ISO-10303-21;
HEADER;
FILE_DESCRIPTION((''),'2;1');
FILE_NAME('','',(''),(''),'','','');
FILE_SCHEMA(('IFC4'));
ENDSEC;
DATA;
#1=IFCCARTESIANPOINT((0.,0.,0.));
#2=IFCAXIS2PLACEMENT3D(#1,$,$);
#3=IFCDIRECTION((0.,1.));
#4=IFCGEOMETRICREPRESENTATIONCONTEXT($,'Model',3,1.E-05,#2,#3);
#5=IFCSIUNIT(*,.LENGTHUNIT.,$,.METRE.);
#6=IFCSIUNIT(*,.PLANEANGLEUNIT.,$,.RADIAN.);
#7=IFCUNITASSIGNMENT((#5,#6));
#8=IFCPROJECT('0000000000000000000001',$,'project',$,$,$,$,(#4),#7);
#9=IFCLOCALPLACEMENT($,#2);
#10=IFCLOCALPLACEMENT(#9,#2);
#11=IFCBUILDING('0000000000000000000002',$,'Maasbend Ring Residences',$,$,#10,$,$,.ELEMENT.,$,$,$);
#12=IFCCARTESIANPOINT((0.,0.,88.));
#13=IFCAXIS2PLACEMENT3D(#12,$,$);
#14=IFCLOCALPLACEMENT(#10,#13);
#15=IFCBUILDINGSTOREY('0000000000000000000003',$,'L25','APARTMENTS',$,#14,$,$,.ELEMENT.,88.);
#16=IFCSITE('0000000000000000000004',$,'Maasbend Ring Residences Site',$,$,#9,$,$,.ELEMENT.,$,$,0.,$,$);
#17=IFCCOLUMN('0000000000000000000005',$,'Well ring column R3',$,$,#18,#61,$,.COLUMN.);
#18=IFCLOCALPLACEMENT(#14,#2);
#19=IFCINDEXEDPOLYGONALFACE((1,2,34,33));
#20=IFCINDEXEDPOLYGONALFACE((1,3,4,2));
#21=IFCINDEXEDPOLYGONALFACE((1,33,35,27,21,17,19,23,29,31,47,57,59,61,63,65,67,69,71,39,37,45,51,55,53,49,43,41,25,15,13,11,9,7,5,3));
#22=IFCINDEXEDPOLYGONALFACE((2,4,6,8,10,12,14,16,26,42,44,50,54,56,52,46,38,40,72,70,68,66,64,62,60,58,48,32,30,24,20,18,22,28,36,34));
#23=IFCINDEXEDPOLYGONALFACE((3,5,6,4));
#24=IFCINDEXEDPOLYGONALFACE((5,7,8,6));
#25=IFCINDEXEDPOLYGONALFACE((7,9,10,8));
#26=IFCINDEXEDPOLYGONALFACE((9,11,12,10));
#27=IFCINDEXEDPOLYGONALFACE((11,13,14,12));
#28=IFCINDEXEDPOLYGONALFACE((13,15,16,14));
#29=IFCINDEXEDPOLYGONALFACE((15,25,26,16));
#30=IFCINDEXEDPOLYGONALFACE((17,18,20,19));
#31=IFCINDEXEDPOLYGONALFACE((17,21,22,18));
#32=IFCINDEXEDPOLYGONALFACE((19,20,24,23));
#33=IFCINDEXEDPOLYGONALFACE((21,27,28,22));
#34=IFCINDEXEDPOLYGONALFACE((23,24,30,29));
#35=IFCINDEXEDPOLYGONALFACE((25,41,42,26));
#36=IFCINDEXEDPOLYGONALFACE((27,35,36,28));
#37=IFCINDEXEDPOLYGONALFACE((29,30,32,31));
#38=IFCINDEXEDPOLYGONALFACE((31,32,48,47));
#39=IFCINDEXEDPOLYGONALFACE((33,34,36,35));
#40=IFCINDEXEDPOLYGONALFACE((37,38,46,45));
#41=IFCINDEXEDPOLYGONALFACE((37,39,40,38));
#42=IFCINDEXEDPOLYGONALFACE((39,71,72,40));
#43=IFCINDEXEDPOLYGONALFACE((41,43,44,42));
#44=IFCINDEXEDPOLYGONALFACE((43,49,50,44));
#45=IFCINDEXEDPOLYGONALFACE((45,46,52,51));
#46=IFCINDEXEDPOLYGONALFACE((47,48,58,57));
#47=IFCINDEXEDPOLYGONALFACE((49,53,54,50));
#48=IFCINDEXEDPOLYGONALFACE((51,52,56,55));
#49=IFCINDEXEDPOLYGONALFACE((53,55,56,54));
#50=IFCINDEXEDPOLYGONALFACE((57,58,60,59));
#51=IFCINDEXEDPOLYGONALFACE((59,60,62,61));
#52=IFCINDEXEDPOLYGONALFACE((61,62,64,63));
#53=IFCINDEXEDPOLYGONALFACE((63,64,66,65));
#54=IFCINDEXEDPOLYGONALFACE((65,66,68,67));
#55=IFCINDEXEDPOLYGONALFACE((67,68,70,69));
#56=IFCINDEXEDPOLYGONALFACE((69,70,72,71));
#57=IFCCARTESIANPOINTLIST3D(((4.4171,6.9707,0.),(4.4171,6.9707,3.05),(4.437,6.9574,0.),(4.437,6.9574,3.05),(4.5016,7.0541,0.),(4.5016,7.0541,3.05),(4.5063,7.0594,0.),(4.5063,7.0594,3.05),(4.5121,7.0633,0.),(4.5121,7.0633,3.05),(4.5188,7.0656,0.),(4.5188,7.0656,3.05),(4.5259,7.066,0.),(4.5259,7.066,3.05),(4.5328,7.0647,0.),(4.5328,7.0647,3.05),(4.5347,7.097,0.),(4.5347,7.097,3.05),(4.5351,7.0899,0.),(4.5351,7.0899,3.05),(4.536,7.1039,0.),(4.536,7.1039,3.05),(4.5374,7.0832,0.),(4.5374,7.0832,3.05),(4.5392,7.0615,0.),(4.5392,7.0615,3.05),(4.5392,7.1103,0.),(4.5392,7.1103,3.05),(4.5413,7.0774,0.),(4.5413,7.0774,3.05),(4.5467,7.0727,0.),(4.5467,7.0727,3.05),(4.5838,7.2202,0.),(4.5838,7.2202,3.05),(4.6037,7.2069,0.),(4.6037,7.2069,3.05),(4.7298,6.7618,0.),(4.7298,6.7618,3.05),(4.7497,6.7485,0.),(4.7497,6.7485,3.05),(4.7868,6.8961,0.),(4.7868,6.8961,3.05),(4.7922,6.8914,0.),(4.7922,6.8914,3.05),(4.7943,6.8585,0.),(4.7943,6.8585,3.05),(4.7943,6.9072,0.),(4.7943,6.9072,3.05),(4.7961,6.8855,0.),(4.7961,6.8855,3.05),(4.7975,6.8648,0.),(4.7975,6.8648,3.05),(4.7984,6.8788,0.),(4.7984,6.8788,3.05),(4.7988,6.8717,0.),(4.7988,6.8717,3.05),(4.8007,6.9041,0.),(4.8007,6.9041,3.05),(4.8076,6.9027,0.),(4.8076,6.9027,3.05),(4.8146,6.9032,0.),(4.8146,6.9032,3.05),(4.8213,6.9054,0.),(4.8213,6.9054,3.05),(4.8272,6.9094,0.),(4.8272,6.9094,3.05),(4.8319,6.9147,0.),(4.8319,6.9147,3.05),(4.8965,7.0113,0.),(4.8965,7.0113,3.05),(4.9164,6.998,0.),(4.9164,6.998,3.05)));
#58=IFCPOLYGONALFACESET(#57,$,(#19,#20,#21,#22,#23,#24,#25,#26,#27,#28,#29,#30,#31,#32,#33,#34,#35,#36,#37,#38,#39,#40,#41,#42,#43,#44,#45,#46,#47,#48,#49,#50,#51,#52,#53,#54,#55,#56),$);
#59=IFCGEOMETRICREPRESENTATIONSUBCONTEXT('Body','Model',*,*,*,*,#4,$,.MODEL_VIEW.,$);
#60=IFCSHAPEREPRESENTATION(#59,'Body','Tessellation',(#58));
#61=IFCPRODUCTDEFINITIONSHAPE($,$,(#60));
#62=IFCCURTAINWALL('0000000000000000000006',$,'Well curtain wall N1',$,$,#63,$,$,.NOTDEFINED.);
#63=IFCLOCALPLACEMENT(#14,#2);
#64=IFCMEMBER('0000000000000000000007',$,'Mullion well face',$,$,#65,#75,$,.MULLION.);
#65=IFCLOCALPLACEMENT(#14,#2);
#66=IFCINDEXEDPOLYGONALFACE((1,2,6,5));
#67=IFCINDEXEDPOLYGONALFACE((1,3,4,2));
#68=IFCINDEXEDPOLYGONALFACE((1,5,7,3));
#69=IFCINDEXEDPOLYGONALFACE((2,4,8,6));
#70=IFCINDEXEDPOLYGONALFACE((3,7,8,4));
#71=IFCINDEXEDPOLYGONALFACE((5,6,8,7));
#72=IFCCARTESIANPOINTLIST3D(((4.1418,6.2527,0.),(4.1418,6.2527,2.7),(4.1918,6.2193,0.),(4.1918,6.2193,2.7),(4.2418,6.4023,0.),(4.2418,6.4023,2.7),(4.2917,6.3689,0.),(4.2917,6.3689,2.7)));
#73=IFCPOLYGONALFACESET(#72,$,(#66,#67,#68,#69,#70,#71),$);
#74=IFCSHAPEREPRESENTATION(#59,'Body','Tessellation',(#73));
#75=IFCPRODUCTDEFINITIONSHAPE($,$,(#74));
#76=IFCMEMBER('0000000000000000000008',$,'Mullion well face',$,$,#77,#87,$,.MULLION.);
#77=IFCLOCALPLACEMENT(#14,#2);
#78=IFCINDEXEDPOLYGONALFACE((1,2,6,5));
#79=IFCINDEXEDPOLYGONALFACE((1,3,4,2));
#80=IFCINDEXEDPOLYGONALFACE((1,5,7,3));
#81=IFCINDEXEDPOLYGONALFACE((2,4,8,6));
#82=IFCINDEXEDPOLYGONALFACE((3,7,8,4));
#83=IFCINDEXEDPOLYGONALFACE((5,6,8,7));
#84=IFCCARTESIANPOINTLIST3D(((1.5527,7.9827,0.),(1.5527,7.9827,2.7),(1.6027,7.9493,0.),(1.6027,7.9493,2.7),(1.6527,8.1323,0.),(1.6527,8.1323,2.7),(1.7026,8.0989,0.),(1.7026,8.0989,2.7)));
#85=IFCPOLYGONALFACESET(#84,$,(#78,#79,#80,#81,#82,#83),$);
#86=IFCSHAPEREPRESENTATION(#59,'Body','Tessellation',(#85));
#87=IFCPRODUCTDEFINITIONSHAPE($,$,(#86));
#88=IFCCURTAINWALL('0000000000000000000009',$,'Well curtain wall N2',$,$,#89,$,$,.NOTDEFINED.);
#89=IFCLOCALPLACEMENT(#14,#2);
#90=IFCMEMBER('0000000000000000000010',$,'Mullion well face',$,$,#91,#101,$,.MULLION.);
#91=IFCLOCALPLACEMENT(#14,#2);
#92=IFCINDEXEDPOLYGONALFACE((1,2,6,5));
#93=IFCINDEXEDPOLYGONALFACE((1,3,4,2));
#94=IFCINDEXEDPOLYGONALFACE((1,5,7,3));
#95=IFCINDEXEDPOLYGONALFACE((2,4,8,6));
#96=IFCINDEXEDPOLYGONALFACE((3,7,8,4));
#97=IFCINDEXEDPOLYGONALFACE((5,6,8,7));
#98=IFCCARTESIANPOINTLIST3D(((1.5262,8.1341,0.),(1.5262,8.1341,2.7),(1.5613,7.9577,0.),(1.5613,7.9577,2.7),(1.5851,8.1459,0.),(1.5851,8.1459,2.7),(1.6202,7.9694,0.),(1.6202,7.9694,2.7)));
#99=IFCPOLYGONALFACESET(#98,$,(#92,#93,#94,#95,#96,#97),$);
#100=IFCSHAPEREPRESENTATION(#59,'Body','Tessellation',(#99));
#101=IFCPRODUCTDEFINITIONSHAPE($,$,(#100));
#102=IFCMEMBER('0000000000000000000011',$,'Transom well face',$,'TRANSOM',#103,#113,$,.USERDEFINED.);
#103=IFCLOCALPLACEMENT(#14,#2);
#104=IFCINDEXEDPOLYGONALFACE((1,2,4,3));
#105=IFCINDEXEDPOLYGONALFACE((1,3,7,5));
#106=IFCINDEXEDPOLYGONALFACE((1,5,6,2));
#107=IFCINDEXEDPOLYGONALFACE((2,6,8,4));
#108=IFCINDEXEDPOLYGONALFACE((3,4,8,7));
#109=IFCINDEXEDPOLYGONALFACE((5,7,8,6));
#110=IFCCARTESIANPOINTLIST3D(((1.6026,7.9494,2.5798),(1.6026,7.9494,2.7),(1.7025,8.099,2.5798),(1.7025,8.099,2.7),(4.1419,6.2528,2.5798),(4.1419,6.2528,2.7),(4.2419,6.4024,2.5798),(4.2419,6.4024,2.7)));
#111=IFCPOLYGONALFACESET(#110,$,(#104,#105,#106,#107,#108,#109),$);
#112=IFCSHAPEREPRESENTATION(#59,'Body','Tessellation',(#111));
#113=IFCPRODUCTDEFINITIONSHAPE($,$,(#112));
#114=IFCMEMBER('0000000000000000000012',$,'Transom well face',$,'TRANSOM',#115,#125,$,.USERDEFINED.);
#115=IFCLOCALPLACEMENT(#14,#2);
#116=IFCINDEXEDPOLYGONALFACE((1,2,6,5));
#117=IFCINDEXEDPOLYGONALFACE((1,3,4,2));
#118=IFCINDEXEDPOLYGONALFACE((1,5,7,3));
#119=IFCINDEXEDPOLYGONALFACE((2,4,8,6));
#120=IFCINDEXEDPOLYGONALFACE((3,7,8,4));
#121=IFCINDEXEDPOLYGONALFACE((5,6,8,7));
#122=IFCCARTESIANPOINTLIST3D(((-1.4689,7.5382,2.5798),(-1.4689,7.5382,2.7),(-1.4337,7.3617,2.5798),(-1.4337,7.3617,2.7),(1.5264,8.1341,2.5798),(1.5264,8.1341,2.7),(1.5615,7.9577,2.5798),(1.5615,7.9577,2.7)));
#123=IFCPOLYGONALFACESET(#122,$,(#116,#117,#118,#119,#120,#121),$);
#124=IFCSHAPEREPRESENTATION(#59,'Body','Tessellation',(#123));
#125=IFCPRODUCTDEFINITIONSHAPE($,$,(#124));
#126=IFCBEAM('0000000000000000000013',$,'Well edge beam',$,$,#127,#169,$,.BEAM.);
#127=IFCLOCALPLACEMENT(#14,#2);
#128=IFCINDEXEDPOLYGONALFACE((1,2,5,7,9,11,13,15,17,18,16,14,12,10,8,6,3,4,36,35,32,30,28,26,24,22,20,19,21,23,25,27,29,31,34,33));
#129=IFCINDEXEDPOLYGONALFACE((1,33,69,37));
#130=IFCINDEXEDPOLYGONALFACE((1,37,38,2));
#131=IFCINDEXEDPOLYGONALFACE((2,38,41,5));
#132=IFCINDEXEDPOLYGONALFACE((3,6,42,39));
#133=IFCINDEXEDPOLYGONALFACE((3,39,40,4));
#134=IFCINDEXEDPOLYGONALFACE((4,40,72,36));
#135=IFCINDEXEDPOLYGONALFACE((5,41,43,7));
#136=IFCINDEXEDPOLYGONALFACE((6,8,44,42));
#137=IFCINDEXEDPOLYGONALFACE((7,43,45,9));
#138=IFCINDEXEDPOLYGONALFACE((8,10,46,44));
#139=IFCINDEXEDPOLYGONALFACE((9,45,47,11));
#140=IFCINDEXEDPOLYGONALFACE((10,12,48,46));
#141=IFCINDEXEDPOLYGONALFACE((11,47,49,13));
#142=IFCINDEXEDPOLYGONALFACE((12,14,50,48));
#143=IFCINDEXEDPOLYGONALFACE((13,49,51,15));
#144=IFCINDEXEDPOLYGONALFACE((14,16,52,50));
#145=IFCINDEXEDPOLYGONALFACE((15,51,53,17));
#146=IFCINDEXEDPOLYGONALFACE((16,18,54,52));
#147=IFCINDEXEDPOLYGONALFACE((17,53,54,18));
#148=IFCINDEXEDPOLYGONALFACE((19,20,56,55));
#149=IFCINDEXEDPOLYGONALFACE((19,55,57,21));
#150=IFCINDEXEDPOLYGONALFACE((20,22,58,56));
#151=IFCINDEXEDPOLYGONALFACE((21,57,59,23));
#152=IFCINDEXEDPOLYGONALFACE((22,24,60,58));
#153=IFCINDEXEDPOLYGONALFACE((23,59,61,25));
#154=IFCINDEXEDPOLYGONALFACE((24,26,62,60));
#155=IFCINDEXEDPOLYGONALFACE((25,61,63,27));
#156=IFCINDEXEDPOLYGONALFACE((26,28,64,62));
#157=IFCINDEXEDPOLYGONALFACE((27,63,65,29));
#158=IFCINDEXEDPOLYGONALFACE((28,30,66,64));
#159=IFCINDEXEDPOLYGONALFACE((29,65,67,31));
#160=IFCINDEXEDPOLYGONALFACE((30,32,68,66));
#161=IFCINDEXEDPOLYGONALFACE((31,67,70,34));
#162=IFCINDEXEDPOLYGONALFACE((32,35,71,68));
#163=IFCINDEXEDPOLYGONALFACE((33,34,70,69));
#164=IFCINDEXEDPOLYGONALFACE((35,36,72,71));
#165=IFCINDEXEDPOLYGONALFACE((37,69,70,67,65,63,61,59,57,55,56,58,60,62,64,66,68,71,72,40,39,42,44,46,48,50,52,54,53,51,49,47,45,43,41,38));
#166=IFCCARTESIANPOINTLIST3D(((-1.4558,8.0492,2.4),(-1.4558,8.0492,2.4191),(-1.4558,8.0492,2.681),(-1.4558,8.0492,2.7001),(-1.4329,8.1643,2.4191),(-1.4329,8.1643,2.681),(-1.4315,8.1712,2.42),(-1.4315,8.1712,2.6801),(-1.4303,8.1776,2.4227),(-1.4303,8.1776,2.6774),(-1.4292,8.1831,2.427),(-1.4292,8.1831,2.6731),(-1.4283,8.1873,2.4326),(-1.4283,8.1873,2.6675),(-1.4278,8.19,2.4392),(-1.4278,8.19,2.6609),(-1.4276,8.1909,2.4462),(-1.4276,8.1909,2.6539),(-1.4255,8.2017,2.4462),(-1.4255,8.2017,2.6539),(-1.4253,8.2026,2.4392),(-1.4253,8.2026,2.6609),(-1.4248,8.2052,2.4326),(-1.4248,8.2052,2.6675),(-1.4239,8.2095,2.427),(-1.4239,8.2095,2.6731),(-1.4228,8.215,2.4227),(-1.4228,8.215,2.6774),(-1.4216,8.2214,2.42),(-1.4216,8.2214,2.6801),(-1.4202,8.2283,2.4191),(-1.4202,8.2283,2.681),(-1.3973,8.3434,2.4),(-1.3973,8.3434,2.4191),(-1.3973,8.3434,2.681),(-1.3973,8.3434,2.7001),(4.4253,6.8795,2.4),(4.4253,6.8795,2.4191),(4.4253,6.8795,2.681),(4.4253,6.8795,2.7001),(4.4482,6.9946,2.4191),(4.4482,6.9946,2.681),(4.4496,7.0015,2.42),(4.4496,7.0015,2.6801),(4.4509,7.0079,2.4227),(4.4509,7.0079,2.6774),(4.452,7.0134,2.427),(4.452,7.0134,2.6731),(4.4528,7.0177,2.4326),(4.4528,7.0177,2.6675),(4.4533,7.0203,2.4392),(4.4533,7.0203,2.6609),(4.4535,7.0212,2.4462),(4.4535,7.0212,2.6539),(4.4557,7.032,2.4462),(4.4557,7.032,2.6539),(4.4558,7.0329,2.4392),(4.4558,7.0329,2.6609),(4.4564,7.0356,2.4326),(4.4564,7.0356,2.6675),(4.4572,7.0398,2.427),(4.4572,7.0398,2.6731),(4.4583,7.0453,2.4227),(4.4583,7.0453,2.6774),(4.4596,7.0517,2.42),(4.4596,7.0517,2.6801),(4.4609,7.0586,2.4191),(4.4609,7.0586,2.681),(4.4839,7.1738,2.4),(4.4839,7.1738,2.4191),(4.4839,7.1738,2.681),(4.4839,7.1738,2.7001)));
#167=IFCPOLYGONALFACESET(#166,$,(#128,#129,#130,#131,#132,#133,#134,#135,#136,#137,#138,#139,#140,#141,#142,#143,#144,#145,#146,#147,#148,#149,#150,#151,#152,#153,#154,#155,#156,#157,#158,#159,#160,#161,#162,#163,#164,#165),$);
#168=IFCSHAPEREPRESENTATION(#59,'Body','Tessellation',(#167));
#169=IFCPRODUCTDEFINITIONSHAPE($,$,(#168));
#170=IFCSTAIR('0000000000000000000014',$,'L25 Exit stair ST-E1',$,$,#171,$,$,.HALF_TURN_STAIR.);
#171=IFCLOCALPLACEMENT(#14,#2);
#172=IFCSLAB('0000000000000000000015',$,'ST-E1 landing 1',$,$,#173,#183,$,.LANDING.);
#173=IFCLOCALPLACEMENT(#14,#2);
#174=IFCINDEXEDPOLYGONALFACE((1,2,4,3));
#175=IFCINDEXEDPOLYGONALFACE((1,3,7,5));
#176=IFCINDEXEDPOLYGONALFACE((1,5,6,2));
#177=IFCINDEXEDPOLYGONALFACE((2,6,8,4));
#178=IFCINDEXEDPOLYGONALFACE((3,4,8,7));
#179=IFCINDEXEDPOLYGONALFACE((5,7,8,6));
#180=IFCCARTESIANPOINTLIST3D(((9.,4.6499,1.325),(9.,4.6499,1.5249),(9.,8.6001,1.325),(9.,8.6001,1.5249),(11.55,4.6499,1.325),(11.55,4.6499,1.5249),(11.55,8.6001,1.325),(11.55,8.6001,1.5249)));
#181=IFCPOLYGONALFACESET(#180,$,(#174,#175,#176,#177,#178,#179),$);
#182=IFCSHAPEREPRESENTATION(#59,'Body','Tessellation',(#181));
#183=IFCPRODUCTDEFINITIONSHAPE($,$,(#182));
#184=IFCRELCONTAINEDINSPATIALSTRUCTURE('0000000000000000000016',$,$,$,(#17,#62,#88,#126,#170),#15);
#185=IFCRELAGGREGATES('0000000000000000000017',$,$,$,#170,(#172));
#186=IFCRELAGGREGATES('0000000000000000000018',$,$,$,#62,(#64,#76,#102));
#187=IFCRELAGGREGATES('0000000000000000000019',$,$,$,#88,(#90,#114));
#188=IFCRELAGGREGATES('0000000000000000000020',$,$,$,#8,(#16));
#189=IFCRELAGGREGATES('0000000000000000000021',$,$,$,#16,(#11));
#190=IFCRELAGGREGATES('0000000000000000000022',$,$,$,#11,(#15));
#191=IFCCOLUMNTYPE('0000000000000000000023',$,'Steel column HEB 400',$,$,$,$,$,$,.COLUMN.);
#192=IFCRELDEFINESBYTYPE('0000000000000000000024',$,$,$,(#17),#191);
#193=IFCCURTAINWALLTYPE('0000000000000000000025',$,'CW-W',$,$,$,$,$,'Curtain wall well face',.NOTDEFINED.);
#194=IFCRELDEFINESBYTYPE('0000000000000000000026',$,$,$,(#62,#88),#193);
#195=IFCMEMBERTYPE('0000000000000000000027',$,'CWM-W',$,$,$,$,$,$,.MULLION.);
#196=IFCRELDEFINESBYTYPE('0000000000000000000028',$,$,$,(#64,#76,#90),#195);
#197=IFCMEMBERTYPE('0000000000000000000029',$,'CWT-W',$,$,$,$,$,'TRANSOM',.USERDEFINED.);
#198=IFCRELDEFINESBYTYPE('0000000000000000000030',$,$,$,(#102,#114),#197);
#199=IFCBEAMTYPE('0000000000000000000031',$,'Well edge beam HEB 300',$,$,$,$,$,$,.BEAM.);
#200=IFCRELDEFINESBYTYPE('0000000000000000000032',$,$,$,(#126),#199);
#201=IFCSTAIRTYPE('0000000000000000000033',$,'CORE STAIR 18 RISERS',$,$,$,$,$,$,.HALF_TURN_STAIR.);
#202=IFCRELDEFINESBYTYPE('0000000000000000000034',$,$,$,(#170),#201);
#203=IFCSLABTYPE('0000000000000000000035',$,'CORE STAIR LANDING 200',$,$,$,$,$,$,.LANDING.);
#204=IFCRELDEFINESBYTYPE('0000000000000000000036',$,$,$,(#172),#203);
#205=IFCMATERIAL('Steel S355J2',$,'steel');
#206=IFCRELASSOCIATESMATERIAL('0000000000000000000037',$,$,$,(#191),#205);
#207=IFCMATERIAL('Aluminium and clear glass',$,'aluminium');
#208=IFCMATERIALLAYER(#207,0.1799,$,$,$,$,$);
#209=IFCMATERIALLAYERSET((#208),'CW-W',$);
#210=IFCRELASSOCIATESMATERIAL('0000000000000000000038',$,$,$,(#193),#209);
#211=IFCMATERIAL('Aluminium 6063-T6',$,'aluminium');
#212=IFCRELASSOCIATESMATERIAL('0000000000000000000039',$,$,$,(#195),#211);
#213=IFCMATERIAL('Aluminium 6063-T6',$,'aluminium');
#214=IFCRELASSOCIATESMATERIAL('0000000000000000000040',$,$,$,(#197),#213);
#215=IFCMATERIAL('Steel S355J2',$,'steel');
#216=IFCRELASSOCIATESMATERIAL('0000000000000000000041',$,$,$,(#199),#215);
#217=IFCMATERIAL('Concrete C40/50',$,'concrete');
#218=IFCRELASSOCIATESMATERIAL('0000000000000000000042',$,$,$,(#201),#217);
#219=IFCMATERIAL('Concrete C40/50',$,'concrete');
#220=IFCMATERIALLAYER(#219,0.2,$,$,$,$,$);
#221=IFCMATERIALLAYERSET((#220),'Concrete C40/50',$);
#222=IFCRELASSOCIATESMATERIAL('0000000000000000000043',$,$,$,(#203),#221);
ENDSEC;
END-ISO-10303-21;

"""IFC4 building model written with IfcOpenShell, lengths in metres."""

from ifc_helpers import new_model, si_unit, direction, frame, origin, origin_2d, place, context, subcontext, project, spatial, polyline, rectangle, i_section, outline, extrude, material, layer, layer_set, material_profile, profile_set, type_object, element, aggregate, save


model = new_model("IFC4")

# Units and contexts
model_context = context("Model", 3, precision=1e-05, world=origin(), true_north=direction((0.0, 1.0)))
body_context = subcontext(model_context, "Body", "Model", "MODEL_VIEW")
ifc_project = project(units=[si_unit("LENGTHUNIT", "METRE"), si_unit("PLANEANGLEUNIT", "RADIAN")], contexts=[model_context])

# Site, building, storey
site_placement = place(None, origin())
site = spatial("IfcSite", under=ifc_project, at=site_placement, Name="Maasbend Ring Residences Site", CompositionType="ELEMENT", RefElevation=0.0)
building_placement = place(site_placement, origin())
building = spatial("IfcBuilding", under=site, at=building_placement, Name="Maasbend Ring Residences", CompositionType="ELEMENT")
storey_placement = place(building_placement, frame((0.0, 0.0, 88.0)))
storey = spatial("IfcBuildingStorey", under=building, at=storey_placement, Name="L25", Description="APARTMENTS", CompositionType="ELEMENT", Elevation=88.0)

# Column
ifc_material_1 = material(Name="Steel S355J2", Category="steel")
ifc_material_profile_1 = material_profile(ifc_material_1, i_section(OverallWidth=0.3, OverallDepth=0.3999, WebThickness=0.0134, FlangeThickness=0.0239, FilletRadius=0.0271, at=origin_2d()), Name="HEB 400")
ifc_profile_set_1 = profile_set([ifc_material_profile_1], Name="Steel S355J2")
column_type = type_object("IfcColumnType", Name="Steel column HEB 400", PredefinedType="COLUMN", material=ifc_profile_set_1)
column_placement = place(storey_placement, frame((4.6667, 6.9844, 0.0), z_axis=(0.0, 0.0, 1.0), x_axis=(0.55557, 0.83147, 0.0)))
element("IfcColumn", 1, at=column_placement, inside=storey, type_object=column_type, Name="Well ring column R3", PredefinedType="COLUMN", context=body_context, shape_type="SweptSolid", body=[
    extrude(i_section(OverallWidth=0.3, OverallDepth=0.3999, WebThickness=0.0134, FlangeThickness=0.0239, FilletRadius=0.0271, at=origin_2d()), origin(), (0.0, 0.0, 1.0), 3.05),
])

# Curtain wall, members
ifc_material_2 = material(Name="Aluminium and clear glass", Category="aluminium")
ifc_layer_1 = layer(ifc_material_2, 0.1799)
ifc_layer_set_1 = layer_set([ifc_layer_1], Name="CW-W")
curtain_wall_type = type_object("IfcCurtainWallType", Name="CW-W", ElementType="Curtain wall well face", PredefinedType="NOTDEFINED", material=ifc_layer_set_1)
curtain_wall_1_placement = place(storey_placement, origin())
curtain_wall_1 = element("IfcCurtainWall", 2, at=curtain_wall_1_placement, inside=storey, type_object=curtain_wall_type, Name="Well curtain wall N1", PredefinedType="NOTDEFINED")
ifc_material_3 = material(Name="Aluminium 6063-T6", Category="aluminium")
ifc_material_profile_2 = material_profile(ifc_material_3, rectangle(XDim=0.1799, YDim=0.0601, at=origin_2d()), Name="AL 180x60")
ifc_profile_set_2 = profile_set([ifc_material_profile_2], Name="Aluminium 6063-T6")
member_type_1 = type_object("IfcMemberType", Name="CWM-W", PredefinedType="MULLION", material=ifc_profile_set_2)
member_1_placement = place(storey_placement, frame((4.2168, 6.3108, 0.0), z_axis=(0.0, 0.0, 1.0), x_axis=(-0.55557, -0.83147, 0.0)))
member_1 = element("IfcMember", 3, at=member_1_placement, type_object=member_type_1, Name="Mullion well face", PredefinedType="MULLION", context=body_context, shape_type="SweptSolid", body=[
    extrude(rectangle(XDim=0.1799, YDim=0.0601, at=origin_2d()), origin(), (0.0, 0.0, 1.0), 2.7),
])
member_2_placement = place(storey_placement, frame((1.6277, 8.0408, 0.0), z_axis=(0.0, 0.0, 1.0), x_axis=(-0.55557, -0.83147, 0.0)))
member_2 = element("IfcMember", 4, at=member_2_placement, type_object=member_type_1, Name="Mullion well face", PredefinedType="MULLION", context=body_context, shape_type="SweptSolid", body=[
    extrude(rectangle(XDim=0.1799, YDim=0.0601, at=origin_2d()), origin(), (0.0, 0.0, 1.0), 2.7),
])

# Curtain wall, member
curtain_wall_2_placement = place(storey_placement, origin())
curtain_wall_2 = element("IfcCurtainWall", 5, at=curtain_wall_2_placement, inside=storey, type_object=curtain_wall_type, Name="Well curtain wall N2", PredefinedType="NOTDEFINED")
member_3_placement = place(storey_placement, frame((1.5732, 8.0518, 0.0), z_axis=(0.0, 0.0, 1.0), x_axis=(0.19509, -0.980785, 0.0)))
member_3 = element("IfcMember", 6, at=member_3_placement, type_object=member_type_1, Name="Mullion well face", PredefinedType="MULLION", context=body_context, shape_type="SweptSolid", body=[
    extrude(rectangle(XDim=0.1799, YDim=0.0601, at=origin_2d()), origin(), (0.0, 0.0, 1.0), 2.7),
])

# Members
ifc_material_4 = material(Name="Aluminium 6063-T6", Category="aluminium")
ifc_material_profile_3 = material_profile(ifc_material_4, rectangle(XDim=0.1799, YDim=0.1201, at=origin_2d()), Name="AL 180x120")
ifc_profile_set_3 = profile_set([ifc_material_profile_3], Name="Aluminium 6063-T6")
member_type_2 = type_object("IfcMemberType", Name="CWT-W", ElementType="TRANSOM", PredefinedType="USERDEFINED", material=ifc_profile_set_3)
member_4_placement = place(storey_placement, frame((4.1919, 6.3276, 2.6399), z_axis=(-0.831496, 0.55553, 0.0), x_axis=(-0.55553, -0.831496, 0.0)))
member_4 = element("IfcMember", 7, at=member_4_placement, type_object=member_type_2, Name="Transom well face", ObjectType="TRANSOM", PredefinedType="USERDEFINED", context=body_context, shape_type="SweptSolid", body=[
    extrude(rectangle(XDim=0.1799, YDim=0.1201, at=origin_2d()), origin(), (0.0, 0.0, 1.0), 3.054),
])
member_5_placement = place(storey_placement, frame((1.5439, 8.0459, 2.6399), z_axis=(-0.980777, -0.195132, 0.0), x_axis=(0.195132, -0.980777, 0.0)))
member_5 = element("IfcMember", 8, at=member_5_placement, type_object=member_type_2, Name="Transom well face", ObjectType="TRANSOM", PredefinedType="USERDEFINED", context=body_context, shape_type="SweptSolid", body=[
    extrude(rectangle(XDim=0.1799, YDim=0.1201, at=origin_2d()), origin(), (0.0, 0.0, 1.0), 3.054),
])

# Beam
ifc_material_5 = material(Name="Steel S355J2", Category="steel")
ifc_material_profile_4 = material_profile(ifc_material_5, i_section(OverallWidth=0.3, OverallDepth=0.3, WebThickness=0.011, FlangeThickness=0.019, FilletRadius=0.0271, at=origin_2d()), Name="HEB 300")
ifc_profile_set_4 = profile_set([ifc_material_profile_4], Name="Steel S355J2")
beam_type = type_object("IfcBeamType", Name="Well edge beam HEB 300", PredefinedType="BEAM", material=ifc_profile_set_4)
beam_placement = place(storey_placement, frame((4.4546, 7.0266, 2.55), z_axis=(-0.98079, 0.195067, 0.0), x_axis=(-0.195067, -0.98079, 0.0)))
element("IfcBeam", 9, at=beam_placement, inside=storey, type_object=beam_type, Name="Well edge beam", PredefinedType="BEAM", context=body_context, shape_type="SweptSolid", body=[
    extrude(i_section(OverallWidth=0.3, OverallDepth=0.3, WebThickness=0.011, FlangeThickness=0.019, FilletRadius=0.0271, at=origin_2d()), origin(), (0.0, 0.0, 1.0), 5.9963),
])

# Stair, slab
ifc_material_6 = material(Name="Concrete C40/50", Category="concrete")
stair_type = type_object("IfcStairType", Name="CORE STAIR 18 RISERS", PredefinedType="HALF_TURN_STAIR", material=ifc_material_6)
stair_1_placement = place(storey_placement, origin())
stair_1 = element("IfcStair", 10, at=stair_1_placement, inside=storey, type_object=stair_type, Name="L25 Exit stair ST-E1", PredefinedType="HALF_TURN_STAIR")
ifc_material_7 = material(Name="Concrete C40/50", Category="concrete")
ifc_layer_2 = layer(ifc_material_7, 0.2)
ifc_layer_set_2 = layer_set([ifc_layer_2], Name="Concrete C40/50")
slab_type = type_object("IfcSlabType", Name="CORE STAIR LANDING 200", PredefinedType="LANDING", material=ifc_layer_set_2)
slab_1_placement = place(storey_placement, frame((0.0, 0.0, 1.325)))
slab_1 = element("IfcSlab", 11, at=slab_1_placement, type_object=slab_type, Name="ST-E1 landing 1", PredefinedType="LANDING", context=body_context, shape_type="SweptSolid", body=[
    extrude(outline(polyline([(11.55, 8.6001), (9.0, 8.6001), (9.0, 4.6499), (11.55, 4.6499), (11.55, 8.6001)])), origin(), (0.0, 0.0, 1.0), 0.2),
])
aggregate(stair_1, [slab_1])

aggregate(curtain_wall_1, [member_1, member_2, member_4])
aggregate(curtain_wall_2, [member_3, member_5])

save(model, "model.ifc")
